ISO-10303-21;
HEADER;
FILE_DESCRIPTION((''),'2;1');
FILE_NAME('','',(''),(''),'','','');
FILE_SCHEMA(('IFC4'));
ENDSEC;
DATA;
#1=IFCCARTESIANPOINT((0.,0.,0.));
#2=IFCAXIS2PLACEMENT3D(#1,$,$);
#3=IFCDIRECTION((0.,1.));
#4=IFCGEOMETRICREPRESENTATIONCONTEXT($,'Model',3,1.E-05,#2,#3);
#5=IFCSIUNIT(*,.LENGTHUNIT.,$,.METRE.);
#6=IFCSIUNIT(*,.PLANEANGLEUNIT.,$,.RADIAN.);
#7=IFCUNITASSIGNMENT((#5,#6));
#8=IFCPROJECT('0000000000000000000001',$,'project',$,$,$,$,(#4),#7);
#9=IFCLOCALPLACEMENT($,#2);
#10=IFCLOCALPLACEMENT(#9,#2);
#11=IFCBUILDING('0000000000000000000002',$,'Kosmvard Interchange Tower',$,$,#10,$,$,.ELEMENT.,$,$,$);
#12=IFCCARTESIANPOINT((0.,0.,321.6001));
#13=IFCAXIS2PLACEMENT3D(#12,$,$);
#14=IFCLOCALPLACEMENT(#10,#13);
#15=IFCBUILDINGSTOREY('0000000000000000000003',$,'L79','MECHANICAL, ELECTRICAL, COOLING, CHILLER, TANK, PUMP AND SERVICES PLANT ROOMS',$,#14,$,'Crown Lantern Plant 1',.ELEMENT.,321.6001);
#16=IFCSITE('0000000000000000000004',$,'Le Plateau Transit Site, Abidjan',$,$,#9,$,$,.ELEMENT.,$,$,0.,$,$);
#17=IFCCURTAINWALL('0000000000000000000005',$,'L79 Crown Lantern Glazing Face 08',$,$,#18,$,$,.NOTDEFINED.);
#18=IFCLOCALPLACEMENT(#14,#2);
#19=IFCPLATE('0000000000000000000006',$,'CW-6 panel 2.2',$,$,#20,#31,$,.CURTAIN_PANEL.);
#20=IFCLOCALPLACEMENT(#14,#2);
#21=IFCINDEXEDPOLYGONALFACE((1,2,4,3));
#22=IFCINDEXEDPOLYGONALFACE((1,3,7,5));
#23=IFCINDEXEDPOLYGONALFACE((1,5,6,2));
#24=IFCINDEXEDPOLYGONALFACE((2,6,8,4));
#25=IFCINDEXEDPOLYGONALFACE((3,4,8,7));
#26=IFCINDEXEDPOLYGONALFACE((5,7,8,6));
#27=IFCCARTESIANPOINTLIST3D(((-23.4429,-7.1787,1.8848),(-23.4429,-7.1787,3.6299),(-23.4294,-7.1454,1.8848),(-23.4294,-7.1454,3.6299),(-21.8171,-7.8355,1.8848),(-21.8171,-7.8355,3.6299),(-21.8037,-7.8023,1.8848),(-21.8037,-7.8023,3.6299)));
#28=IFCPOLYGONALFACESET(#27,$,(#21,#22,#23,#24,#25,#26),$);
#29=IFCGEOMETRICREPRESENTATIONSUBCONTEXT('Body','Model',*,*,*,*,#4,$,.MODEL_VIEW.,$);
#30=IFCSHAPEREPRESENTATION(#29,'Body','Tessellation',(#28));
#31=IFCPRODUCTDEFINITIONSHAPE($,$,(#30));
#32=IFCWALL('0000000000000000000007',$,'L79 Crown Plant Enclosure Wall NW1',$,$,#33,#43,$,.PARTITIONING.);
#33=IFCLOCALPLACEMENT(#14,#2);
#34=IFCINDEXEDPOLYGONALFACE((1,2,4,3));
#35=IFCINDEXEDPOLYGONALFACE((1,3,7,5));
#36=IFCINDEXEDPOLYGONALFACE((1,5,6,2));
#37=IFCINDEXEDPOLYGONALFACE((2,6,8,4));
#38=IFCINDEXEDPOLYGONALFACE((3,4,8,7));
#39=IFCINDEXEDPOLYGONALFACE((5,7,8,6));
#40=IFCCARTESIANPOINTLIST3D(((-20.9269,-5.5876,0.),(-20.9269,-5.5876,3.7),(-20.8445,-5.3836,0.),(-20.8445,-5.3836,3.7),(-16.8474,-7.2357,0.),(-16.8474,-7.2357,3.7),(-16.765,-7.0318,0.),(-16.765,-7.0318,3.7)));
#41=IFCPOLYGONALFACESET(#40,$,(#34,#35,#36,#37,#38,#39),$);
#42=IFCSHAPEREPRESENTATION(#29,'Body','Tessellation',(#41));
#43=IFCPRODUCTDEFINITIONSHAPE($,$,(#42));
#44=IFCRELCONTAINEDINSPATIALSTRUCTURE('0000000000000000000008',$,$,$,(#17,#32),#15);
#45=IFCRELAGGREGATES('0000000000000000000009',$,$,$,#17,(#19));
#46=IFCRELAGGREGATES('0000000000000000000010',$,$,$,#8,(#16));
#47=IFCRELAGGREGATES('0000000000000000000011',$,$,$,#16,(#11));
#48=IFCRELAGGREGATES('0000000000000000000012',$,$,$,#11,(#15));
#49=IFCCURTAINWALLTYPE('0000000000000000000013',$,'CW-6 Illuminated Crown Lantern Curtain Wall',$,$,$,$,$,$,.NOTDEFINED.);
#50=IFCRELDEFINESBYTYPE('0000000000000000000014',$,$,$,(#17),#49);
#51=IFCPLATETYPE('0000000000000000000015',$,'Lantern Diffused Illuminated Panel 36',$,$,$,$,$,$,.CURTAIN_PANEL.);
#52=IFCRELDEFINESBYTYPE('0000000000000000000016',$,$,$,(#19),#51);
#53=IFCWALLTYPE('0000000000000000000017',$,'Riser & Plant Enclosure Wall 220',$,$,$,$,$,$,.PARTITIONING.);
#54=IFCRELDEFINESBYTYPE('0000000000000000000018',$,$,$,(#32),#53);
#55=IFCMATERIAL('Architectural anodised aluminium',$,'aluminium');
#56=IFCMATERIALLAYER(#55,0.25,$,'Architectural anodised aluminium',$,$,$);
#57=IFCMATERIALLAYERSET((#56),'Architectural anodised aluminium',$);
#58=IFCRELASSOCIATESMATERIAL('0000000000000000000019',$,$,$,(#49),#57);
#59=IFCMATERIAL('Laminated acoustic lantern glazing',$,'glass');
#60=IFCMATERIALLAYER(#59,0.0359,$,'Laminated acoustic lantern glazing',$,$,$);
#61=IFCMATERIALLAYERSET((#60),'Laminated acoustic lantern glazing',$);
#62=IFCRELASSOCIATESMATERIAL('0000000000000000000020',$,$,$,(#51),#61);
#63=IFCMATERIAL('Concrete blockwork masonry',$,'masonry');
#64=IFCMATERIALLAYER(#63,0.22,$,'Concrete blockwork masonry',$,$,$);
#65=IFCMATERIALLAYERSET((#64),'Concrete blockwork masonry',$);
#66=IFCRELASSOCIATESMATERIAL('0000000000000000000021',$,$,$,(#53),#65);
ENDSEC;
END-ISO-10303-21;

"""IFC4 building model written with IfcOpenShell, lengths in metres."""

from ifc_helpers import new_model, si_unit, direction, frame, frame_2d, origin, origin_2d, place, context, subcontext, project, spatial, rectangle, extrude, source, transform, mapped, material, layer, layer_set, type_object, element, aggregate, save


model = new_model("IFC4")

# Units and contexts
model_context = context("Model", 3, precision=1e-05, world=origin(), true_north=direction((0.0, 1.0)))
body_context = subcontext(model_context, "Body", "Model", "MODEL_VIEW")
ifc_project = project(units=[si_unit("LENGTHUNIT", "METRE"), si_unit("PLANEANGLEUNIT", "RADIAN")], contexts=[model_context])

# Site, building, storey
site_placement = place(None, origin())
site = spatial("IfcSite", under=ifc_project, at=site_placement, Name="Le Plateau Transit Site, Abidjan", CompositionType="ELEMENT", RefElevation=0.0)
building_placement = place(site_placement, origin())
building = spatial("IfcBuilding", under=site, at=building_placement, Name="Kosmvard Interchange Tower", CompositionType="ELEMENT")
storey_placement = place(building_placement, frame((0.0, 0.0, 321.6001)))
storey = spatial("IfcBuildingStorey", under=building, at=storey_placement, Name="L79", Description="MECHANICAL, ELECTRICAL, COOLING, CHILLER, TANK, PUMP AND SERVICES PLANT ROOMS", LongName="Crown Lantern Plant 1", CompositionType="ELEMENT", Elevation=321.6001)

# Shared definitions
ifc_material_1 = material(Name="Architectural anodised aluminium", Category="aluminium")
ifc_layer_1 = layer(ifc_material_1, 0.25, Name="Architectural anodised aluminium")
ifc_layer_set_1 = layer_set([ifc_layer_1], Name="Architectural anodised aluminium")
curtain_wall_type = type_object("IfcCurtainWallType", Name="CW-6 Illuminated Crown Lantern Curtain Wall", PredefinedType="NOTDEFINED", material=ifc_layer_set_1)

# Curtain wall
curtain_wall_1_placement = place(storey_placement, origin())
curtain_wall_1 = element("IfcCurtainWall", 1, at=curtain_wall_1_placement, inside=storey, type_object=curtain_wall_type, Name="L79 Crown Lantern Glazing Face 08", PredefinedType="NOTDEFINED")

# Plate
ifc_material_2 = material(Name="Laminated acoustic lantern glazing", Category="glass")
ifc_layer_2 = layer(ifc_material_2, 0.0359, Name="Laminated acoustic lantern glazing")
ifc_layer_set_2 = layer_set([ifc_layer_2], Name="Laminated acoustic lantern glazing")
plate_type = type_object("IfcPlateType", Name="Lantern Diffused Illuminated Panel 36", PredefinedType="CURTAIN_PANEL", material=ifc_layer_set_2)
shared_shape_1 = source(origin(), body_context, "Body", "SweptSolid", [
    extrude(rectangle(XDim=1.7534, YDim=0.0359, at=origin_2d()), origin(), (0.0, 0.0, 1.0), 1.7451),
])
plate_1_placement = place(storey_placement, frame((-22.6233, -7.4905, 1.8848), z_axis=(0.0, 0.0, 1.0), x_axis=(0.927184, -0.374607, 0.0)))
plate_1 = element("IfcPlate", 2, at=plate_1_placement, type_object=plate_type, Name="CW-6 panel 2.2", PredefinedType="CURTAIN_PANEL", context=body_context, shape_type="MappedRepresentation", body=[
    mapped(shared_shape_1, transform((0.0, 0.0, 0.0), scale=1.0)),
])
aggregate(curtain_wall_1, [plate_1])

# Wall
ifc_material_3 = material(Name="Concrete blockwork masonry", Category="masonry")
ifc_layer_3 = layer(ifc_material_3, 0.22, Name="Concrete blockwork masonry")
ifc_layer_set_3 = layer_set([ifc_layer_3], Name="Concrete blockwork masonry")
wall_type = type_object("IfcWallType", Name="Riser & Plant Enclosure Wall 220", PredefinedType="PARTITIONING", material=ifc_layer_set_3)
wall_placement = place(storey_placement, frame((-20.8857, -5.4856, 0.0), z_axis=(0.0, 0.0, 1.0), x_axis=(0.927189, -0.374593, 0.0)))
element("IfcWall", 3, at=wall_placement, inside=storey, type_object=wall_type, Name="L79 Crown Plant Enclosure Wall NW1", PredefinedType="PARTITIONING", context=body_context, shape_type="SweptSolid", body=[
    extrude(rectangle(XDim=4.3999, YDim=0.22, at=frame_2d((2.2, 0.0))), origin(), (0.0, 0.0, 1.0), 3.7),
])

save(model, "model.ifc")
